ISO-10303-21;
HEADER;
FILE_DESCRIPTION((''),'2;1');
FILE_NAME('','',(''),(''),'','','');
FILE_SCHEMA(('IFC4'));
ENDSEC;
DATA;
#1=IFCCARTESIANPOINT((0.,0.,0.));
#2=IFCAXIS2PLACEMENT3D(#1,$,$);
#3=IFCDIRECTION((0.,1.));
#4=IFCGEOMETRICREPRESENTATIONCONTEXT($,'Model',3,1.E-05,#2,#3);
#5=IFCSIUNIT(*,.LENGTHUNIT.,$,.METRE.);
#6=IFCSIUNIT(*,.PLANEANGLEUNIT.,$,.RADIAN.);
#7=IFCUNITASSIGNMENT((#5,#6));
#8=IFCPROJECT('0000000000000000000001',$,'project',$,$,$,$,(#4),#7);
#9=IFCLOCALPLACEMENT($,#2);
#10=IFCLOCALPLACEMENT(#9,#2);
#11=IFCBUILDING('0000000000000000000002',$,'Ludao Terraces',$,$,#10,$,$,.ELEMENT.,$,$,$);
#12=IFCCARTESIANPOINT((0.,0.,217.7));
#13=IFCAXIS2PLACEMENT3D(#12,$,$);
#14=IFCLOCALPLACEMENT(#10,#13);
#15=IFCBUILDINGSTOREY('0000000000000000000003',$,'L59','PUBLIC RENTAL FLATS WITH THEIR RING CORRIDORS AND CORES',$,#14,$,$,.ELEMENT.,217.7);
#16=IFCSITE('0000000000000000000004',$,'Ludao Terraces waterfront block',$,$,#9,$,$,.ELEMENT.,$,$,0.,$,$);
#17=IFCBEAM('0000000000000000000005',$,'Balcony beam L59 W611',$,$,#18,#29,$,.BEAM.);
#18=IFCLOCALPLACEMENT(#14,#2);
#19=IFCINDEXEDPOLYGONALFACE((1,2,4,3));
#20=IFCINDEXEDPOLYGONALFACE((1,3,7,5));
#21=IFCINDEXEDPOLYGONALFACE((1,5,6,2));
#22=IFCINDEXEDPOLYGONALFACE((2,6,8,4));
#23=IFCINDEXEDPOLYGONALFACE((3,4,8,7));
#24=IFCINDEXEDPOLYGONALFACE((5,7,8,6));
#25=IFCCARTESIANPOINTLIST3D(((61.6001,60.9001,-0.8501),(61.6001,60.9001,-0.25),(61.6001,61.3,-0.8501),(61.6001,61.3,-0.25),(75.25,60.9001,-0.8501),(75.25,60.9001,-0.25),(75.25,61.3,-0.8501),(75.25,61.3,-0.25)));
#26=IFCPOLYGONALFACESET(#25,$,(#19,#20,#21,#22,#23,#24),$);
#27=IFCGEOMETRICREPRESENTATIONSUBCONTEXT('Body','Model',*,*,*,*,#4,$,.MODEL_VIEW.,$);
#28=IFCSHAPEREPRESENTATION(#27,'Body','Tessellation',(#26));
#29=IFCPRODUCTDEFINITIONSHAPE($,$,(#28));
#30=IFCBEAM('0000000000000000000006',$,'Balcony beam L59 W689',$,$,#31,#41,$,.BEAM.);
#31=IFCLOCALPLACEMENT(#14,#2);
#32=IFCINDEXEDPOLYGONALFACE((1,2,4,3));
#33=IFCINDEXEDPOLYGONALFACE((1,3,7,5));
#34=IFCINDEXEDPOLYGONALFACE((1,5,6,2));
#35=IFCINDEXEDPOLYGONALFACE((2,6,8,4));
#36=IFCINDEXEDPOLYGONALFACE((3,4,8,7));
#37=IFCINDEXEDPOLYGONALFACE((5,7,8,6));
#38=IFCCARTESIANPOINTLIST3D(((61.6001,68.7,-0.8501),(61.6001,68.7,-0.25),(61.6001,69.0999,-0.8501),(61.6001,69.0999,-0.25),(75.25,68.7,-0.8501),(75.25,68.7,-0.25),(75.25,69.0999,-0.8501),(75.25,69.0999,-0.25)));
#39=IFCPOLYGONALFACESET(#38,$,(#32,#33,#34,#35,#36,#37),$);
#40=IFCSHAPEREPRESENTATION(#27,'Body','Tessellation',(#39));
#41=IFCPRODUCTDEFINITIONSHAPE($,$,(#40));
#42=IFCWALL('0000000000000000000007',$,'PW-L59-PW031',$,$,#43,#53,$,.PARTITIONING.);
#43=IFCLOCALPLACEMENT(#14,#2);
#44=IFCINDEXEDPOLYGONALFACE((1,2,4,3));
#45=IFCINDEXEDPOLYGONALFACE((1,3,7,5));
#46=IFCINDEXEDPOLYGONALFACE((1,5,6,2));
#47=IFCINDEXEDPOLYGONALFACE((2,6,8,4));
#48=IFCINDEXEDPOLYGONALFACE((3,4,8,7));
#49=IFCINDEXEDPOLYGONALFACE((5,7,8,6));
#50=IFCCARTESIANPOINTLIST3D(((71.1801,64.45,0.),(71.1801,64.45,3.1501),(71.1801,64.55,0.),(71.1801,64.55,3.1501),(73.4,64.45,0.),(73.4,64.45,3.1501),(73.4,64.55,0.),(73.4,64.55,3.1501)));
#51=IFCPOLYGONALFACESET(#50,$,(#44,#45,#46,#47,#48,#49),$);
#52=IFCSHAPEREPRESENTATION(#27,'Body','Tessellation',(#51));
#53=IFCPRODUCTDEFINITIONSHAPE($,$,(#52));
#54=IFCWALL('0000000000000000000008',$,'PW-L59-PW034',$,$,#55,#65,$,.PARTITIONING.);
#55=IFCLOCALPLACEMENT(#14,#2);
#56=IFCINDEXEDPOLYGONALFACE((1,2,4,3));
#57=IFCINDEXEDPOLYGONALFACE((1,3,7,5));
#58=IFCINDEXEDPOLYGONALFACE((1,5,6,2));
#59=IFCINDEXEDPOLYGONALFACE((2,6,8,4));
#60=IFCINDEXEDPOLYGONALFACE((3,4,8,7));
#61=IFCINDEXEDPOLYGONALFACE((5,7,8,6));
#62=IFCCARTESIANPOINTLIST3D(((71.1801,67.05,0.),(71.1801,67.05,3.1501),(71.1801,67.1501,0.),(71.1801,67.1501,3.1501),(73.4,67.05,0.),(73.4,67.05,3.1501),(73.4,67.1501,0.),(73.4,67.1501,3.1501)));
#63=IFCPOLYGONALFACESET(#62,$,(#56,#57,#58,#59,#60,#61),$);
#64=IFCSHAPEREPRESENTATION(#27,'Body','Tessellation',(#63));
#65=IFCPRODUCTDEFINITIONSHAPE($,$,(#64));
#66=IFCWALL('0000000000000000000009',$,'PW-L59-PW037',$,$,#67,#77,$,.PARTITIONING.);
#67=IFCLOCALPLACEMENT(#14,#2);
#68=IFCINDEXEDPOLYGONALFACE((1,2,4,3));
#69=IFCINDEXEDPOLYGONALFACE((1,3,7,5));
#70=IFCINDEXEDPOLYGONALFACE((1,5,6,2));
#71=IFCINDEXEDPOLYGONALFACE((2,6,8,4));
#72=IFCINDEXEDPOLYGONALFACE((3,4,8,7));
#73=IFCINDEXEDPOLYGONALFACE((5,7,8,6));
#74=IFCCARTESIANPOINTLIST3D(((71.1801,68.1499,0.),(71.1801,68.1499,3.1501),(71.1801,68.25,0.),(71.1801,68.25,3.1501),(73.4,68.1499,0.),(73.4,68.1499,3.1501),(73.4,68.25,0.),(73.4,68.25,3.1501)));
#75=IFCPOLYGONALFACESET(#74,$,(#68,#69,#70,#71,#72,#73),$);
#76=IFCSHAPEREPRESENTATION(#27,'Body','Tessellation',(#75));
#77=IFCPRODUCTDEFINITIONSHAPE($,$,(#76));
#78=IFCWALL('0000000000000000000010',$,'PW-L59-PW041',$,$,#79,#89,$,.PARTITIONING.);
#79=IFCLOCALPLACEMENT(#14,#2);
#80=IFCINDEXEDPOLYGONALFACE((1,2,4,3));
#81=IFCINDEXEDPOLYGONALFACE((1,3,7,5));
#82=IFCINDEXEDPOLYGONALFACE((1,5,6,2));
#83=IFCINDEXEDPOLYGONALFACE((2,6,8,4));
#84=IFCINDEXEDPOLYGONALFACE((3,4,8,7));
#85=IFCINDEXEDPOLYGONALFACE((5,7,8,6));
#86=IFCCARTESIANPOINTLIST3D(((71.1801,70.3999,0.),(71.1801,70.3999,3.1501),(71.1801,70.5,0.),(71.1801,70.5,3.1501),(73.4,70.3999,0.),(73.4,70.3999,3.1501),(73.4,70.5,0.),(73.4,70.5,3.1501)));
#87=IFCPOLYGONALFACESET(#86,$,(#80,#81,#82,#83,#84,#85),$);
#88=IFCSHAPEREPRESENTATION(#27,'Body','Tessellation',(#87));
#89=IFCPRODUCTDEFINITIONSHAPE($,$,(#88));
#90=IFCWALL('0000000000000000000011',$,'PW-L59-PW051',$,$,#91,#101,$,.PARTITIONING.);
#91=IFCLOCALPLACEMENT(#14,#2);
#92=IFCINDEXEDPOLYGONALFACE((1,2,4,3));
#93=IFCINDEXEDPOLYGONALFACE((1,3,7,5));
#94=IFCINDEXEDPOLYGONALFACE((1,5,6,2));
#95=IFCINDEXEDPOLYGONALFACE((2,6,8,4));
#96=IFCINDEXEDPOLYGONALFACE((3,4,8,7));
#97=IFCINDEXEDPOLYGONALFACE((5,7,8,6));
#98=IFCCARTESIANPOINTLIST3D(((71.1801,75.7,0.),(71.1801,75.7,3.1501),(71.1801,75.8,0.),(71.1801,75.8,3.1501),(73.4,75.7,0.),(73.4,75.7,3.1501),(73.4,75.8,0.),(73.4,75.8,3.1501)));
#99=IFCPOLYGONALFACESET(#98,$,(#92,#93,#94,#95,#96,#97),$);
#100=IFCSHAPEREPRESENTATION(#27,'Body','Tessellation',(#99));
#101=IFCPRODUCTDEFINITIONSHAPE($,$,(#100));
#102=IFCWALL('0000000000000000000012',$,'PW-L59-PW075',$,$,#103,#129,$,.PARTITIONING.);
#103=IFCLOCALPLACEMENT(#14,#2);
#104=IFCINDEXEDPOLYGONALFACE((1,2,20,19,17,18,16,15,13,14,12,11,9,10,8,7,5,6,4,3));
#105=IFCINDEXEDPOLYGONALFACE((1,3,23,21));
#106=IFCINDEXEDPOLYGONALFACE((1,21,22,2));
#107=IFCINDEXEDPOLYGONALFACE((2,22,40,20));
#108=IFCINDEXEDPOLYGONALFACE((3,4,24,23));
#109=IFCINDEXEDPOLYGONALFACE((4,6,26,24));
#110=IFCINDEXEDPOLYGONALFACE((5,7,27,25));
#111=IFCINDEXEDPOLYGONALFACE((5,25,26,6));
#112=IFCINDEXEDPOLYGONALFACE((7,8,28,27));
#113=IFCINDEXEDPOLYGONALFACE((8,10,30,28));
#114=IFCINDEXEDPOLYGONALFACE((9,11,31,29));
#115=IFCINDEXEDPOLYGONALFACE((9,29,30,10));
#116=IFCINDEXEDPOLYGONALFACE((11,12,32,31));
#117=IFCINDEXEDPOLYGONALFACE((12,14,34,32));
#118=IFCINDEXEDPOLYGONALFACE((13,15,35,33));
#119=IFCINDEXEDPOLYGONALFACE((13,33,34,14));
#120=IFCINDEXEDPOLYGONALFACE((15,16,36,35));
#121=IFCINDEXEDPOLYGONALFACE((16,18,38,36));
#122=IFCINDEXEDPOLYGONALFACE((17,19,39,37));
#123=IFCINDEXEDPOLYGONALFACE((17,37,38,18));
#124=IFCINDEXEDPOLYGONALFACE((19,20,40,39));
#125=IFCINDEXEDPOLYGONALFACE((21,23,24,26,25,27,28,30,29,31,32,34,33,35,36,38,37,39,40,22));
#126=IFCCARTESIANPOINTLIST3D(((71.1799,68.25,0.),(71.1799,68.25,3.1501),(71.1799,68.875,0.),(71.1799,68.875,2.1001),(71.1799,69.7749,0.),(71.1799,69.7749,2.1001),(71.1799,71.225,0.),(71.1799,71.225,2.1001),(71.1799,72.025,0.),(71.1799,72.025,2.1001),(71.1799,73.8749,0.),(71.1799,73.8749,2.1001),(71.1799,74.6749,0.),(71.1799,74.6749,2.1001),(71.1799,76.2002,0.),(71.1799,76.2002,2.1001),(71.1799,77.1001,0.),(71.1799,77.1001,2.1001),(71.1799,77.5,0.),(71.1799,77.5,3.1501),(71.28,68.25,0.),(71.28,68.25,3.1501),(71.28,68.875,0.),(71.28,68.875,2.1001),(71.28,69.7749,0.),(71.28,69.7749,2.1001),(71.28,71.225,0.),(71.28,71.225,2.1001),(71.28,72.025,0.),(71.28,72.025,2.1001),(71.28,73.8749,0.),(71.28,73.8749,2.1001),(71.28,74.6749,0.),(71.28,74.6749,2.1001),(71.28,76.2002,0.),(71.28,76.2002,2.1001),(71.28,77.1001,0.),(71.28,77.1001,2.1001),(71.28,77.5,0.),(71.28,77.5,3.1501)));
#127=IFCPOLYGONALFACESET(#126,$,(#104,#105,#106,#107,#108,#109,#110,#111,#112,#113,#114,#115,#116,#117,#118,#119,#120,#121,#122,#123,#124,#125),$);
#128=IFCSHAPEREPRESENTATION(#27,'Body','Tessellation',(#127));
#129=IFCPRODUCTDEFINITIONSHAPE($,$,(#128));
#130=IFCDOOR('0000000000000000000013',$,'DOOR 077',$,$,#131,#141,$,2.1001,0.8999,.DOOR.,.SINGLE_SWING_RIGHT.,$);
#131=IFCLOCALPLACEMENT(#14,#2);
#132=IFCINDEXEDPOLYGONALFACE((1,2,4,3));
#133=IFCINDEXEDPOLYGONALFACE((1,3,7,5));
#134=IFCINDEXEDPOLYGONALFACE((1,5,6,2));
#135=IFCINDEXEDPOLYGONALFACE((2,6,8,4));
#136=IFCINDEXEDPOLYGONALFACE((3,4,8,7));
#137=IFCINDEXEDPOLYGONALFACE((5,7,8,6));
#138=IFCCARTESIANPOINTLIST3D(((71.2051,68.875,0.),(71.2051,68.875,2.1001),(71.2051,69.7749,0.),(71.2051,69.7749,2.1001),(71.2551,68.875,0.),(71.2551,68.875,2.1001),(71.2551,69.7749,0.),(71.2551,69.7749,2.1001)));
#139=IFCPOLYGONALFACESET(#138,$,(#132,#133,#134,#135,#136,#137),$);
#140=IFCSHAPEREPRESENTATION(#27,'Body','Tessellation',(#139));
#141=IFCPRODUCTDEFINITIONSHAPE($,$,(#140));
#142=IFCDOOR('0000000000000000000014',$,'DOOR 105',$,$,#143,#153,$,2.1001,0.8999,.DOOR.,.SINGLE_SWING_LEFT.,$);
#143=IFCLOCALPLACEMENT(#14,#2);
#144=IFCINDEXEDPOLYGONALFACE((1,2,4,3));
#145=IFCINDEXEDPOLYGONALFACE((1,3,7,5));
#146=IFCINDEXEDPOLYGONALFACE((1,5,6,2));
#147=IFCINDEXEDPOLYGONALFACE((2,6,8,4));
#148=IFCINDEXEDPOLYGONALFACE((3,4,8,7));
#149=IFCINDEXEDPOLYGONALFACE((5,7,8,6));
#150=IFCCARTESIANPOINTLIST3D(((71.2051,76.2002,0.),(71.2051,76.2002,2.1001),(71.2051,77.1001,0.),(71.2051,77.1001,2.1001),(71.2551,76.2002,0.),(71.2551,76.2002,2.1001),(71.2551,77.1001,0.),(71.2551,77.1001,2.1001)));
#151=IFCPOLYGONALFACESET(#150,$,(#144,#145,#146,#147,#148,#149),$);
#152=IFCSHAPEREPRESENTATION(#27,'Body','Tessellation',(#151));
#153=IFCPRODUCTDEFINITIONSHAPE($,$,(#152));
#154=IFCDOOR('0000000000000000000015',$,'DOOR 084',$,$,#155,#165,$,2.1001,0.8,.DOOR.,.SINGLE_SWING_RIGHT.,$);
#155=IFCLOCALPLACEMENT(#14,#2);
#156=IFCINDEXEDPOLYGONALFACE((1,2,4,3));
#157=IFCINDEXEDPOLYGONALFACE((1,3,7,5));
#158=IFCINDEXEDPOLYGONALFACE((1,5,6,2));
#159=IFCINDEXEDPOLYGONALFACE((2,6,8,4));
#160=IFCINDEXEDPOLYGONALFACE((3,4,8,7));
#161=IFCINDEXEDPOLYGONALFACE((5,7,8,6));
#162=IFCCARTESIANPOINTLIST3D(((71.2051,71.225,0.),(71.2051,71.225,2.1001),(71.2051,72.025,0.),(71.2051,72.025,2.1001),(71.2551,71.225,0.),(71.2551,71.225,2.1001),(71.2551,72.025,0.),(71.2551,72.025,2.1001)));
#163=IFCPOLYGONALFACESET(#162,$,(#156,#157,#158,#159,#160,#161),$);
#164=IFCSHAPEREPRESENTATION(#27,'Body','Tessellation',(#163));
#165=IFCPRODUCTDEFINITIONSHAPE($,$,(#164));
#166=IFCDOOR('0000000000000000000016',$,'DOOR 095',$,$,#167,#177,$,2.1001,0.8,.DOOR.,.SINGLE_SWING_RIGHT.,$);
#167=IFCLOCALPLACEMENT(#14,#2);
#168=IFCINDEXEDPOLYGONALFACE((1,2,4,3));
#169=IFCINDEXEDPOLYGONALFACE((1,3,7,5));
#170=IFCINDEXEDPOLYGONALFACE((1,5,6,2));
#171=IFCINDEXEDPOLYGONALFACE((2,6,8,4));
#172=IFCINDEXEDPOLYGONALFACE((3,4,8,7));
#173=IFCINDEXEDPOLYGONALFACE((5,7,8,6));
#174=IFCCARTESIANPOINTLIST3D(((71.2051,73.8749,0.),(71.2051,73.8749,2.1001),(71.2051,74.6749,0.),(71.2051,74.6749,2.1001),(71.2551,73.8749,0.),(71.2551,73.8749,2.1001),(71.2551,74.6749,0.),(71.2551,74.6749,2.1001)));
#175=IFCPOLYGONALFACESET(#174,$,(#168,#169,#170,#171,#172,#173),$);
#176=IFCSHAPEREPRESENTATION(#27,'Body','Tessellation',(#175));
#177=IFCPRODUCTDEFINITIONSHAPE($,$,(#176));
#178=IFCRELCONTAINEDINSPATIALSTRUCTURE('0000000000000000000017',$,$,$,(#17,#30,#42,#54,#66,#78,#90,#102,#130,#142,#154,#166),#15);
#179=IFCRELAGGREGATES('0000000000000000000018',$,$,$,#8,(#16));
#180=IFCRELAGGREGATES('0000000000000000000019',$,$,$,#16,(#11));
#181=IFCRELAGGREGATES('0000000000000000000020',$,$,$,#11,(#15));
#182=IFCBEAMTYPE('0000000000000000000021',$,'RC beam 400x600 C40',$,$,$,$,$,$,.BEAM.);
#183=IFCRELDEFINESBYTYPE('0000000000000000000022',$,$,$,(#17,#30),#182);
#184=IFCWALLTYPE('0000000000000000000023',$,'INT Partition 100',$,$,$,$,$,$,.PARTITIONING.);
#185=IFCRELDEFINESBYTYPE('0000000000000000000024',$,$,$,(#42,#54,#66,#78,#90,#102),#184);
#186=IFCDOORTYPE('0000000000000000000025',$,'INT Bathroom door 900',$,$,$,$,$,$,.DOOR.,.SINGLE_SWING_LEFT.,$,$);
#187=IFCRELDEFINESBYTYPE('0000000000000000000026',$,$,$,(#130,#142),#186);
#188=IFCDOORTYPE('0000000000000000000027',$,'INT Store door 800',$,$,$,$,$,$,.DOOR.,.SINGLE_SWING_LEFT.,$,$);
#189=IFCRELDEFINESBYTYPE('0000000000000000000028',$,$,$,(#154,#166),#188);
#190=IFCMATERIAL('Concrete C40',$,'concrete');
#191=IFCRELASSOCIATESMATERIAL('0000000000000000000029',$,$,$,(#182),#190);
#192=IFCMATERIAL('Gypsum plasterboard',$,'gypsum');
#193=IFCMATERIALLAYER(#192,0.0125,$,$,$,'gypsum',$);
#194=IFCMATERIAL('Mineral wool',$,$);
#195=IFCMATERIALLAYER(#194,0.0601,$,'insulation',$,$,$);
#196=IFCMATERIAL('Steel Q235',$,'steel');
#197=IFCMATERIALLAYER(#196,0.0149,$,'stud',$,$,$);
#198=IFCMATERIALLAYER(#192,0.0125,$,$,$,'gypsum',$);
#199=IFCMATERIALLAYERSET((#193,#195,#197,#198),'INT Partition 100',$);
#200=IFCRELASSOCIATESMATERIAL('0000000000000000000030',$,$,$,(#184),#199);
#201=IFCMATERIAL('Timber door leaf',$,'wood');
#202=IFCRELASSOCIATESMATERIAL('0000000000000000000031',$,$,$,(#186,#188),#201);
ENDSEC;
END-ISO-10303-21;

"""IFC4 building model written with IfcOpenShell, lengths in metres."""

from ifc_helpers import new_model, si_unit, direction, frame, frame_2d, origin, origin_2d, place, context, subcontext, project, spatial, rectangle, extrude, material, layer, layer_set, material_profile, profile_set, type_object, element, fill, save


model = new_model("IFC4")

# Units and contexts
model_context = context("Model", 3, precision=1e-05, world=origin(), true_north=direction((0.0, 1.0)))
body_context = subcontext(model_context, "Body", "Model", "MODEL_VIEW")
ifc_project = project(units=[si_unit("LENGTHUNIT", "METRE"), si_unit("PLANEANGLEUNIT", "RADIAN")], contexts=[model_context])

# Site, building, storey
site_placement = place(None, origin())
site = spatial("IfcSite", under=ifc_project, at=site_placement, Name="Ludao Terraces waterfront block", CompositionType="ELEMENT", RefElevation=0.0)
building_placement = place(site_placement, origin())
building = spatial("IfcBuilding", under=site, at=building_placement, Name="Ludao Terraces", CompositionType="ELEMENT")
storey_placement = place(building_placement, frame((0.0, 0.0, 217.7)))
storey = spatial("IfcBuildingStorey", under=building, at=storey_placement, Name="L59", Description="PUBLIC RENTAL FLATS WITH THEIR RING CORRIDORS AND CORES", CompositionType="ELEMENT", Elevation=217.7)

# Beams
ifc_material_1 = material(Name="Concrete C40", Category="concrete")
ifc_material_profile = material_profile(ifc_material_1, rectangle(XDim=0.3999, YDim=0.6001, at=origin_2d()), Name="400 X 600")
ifc_profile_set = profile_set([ifc_material_profile], Name="Concrete C40")
beam_type = type_object("IfcBeamType", Name="RC beam 400x600 C40", PredefinedType="BEAM", material=ifc_profile_set)
for number, where, z_axis, x_axis, name in (
    (1, (75.25, 61.1001, -0.55), (-1.0, 0.0, 0.0), (0.0, -1.0, 0.0), "Balcony beam L59 W611"),
    (2, (75.25, 68.8999, -0.55), (-1.0, 0.0, 0.0), (0.0, -1.0, 0.0), "Balcony beam L59 W689"),
):
    element("IfcBeam", number, at=place(storey_placement, frame(where, z_axis=z_axis, x_axis=x_axis)), inside=storey, type_object=beam_type, Name=name, PredefinedType="BEAM", context=body_context, shape_type="SweptSolid", body=[
        extrude(rectangle(XDim=0.3999, YDim=0.6001, at=origin_2d()), origin(), (0.0, 0.0, 1.0), 13.6499),
    ])

# Walls
ifc_material_2 = material(Name="Gypsum plasterboard", Category="gypsum")
ifc_layer_1 = layer(ifc_material_2, 0.0125, Category="gypsum")
ifc_material_3 = material(Name="Mineral wool")
ifc_layer_2 = layer(ifc_material_3, 0.0601, Name="insulation")
ifc_material_4 = material(Name="Steel Q235", Category="steel")
ifc_layer_3 = layer(ifc_material_4, 0.0149, Name="stud")
ifc_layer_4 = layer(ifc_material_2, 0.0125, Category="gypsum")
ifc_layer_set_1 = layer_set([ifc_layer_1, ifc_layer_2, ifc_layer_3, ifc_layer_4], Name="INT Partition 100")
wall_type_1 = type_object("IfcWallType", Name="INT Partition 100", PredefinedType="PARTITIONING", material=ifc_layer_set_1)
for number, where, z_axis, x_axis, name in (
    (3, (71.1802, 64.5, 0.0), (0.0, 0.0, 1.0), (1.0, 0.0, 0.0), "PW-L59-PW031"),
    (4, (71.1802, 67.1001, 0.0), (0.0, 0.0, 1.0), (1.0, 0.0, 0.0), "PW-L59-PW034"),
    (5, (71.1802, 68.2, 0.0), (0.0, 0.0, 1.0), (1.0, 0.0, 0.0), "PW-L59-PW037"),
    (6, (71.1802, 70.45, 0.0), (0.0, 0.0, 1.0), (1.0, 0.0, 0.0), "PW-L59-PW041"),
    (7, (71.1802, 75.75, 0.0), (0.0, 0.0, 1.0), (1.0, 0.0, 0.0), "PW-L59-PW051"),
):
    element("IfcWall", number, at=place(storey_placement, frame(where, z_axis=z_axis, x_axis=x_axis)), inside=storey, type_object=wall_type_1, Name=name, PredefinedType="PARTITIONING", context=body_context, shape_type="SweptSolid", body=[
        extrude(rectangle(XDim=2.22, YDim=0.1001, at=frame_2d((1.1099, 0.0))), origin(), (0.0, 0.0, 1.0), 3.1501),
    ])

# Wall, openings, doors
wall_1_placement = place(storey_placement, frame((71.23, 68.25, 0.0), z_axis=(0.0, 0.0, 1.0), x_axis=(0.0, 1.0, 0.0)))
wall_1 = element("IfcWall", 8, at=wall_1_placement, inside=storey, type_object=wall_type_1, Name="PW-L59-PW075", PredefinedType="PARTITIONING", context=body_context, shape_type="SweptSolid", body=[
    extrude(rectangle(XDim=9.25, YDim=0.1001, at=frame_2d((4.625, 0.0))), origin(), (0.0, 0.0, 1.0), 3.1501),
])
opening_1_placement = place(wall_1_placement, frame((0.625, 0.0, 0.0)))
opening_1 = element("IfcOpeningElement", 9, at=opening_1_placement, cuts=wall_1, PredefinedType="OPENING", context=body_context, shape_type="SweptSolid", body=[
    extrude(rectangle(XDim=0.8999, YDim=2.1001, at=frame_2d((0.45, 1.05))), frame((0.0, 0.0601, 0.0), z_axis=(0.0, -1.0, 0.0), x_axis=(1.0, 0.0, 0.0)), (0.0, 0.0, 1.0), 0.1201),
])
opening_2_placement = place(wall_1_placement, frame((2.9751, 0.0, 0.0)))
opening_2 = element("IfcOpeningElement", 10, at=opening_2_placement, cuts=wall_1, PredefinedType="OPENING", context=body_context, shape_type="SweptSolid", body=[
    extrude(rectangle(XDim=0.8, YDim=2.1001, at=frame_2d((0.3999, 1.05))), frame((0.0, 0.0601, 0.0), z_axis=(0.0, -1.0, 0.0), x_axis=(1.0, 0.0, 0.0)), (0.0, 0.0, 1.0), 0.1201),
])
opening_3_placement = place(wall_1_placement, frame((5.625, 0.0, 0.0)))
opening_3 = element("IfcOpeningElement", 11, at=opening_3_placement, cuts=wall_1, PredefinedType="OPENING", context=body_context, shape_type="SweptSolid", body=[
    extrude(rectangle(XDim=0.8, YDim=2.1001, at=frame_2d((0.3999, 1.05))), frame((0.0, 0.0601, 0.0), z_axis=(0.0, -1.0, 0.0), x_axis=(1.0, 0.0, 0.0)), (0.0, 0.0, 1.0), 0.1201),
])
opening_4_placement = place(wall_1_placement, frame((7.9502, 0.0, 0.0)))
opening_4 = element("IfcOpeningElement", 12, at=opening_4_placement, cuts=wall_1, PredefinedType="OPENING", context=body_context, shape_type="SweptSolid", body=[
    extrude(rectangle(XDim=0.8999, YDim=2.1001, at=frame_2d((0.45, 1.05))), frame((0.0, 0.0601, 0.0), z_axis=(0.0, -1.0, 0.0), x_axis=(1.0, 0.0, 0.0)), (0.0, 0.0, 1.0), 0.1201),
])
ifc_material_5 = material(Name="Timber door leaf", Category="wood")
door_type_1 = type_object("IfcDoorType", Name="INT Bathroom door 900", OperationType="SINGLE_SWING_LEFT", PredefinedType="DOOR", material=ifc_material_5)
door_1_placement = place(opening_1_placement, origin())
door_1 = element("IfcDoor", 13, at=door_1_placement, inside=storey, type_object=door_type_1, Name="DOOR 077", OperationType="SINGLE_SWING_RIGHT", OverallHeight=2.1001, OverallWidth=0.8999, PredefinedType="DOOR", context=body_context, shape_type="SweptSolid", body=[
    extrude(rectangle(XDim=0.8999, YDim=2.1001, at=frame_2d((0.45, 1.05))), frame((0.0, 0.0249, 0.0), z_axis=(0.0, -1.0, 0.0), x_axis=(1.0, 0.0, 0.0)), (0.0, 0.0, 1.0), 0.05),
])
fill(opening_1, door_1)
door_2_placement = place(opening_4_placement, origin())
door_2 = element("IfcDoor", 14, at=door_2_placement, inside=storey, type_object=door_type_1, Name="DOOR 105", OperationType="SINGLE_SWING_LEFT", OverallHeight=2.1001, OverallWidth=0.8999, PredefinedType="DOOR", context=body_context, shape_type="SweptSolid", body=[
    extrude(rectangle(XDim=0.8999, YDim=2.1001, at=frame_2d((0.45, 1.05))), frame((0.0, 0.0249, 0.0), z_axis=(0.0, -1.0, 0.0), x_axis=(1.0, 0.0, 0.0)), (0.0, 0.0, 1.0), 0.05),
])
fill(opening_4, door_2)
door_type_2 = type_object("IfcDoorType", Name="INT Store door 800", OperationType="SINGLE_SWING_LEFT", PredefinedType="DOOR", material=ifc_material_5)
door_3_placement = place(opening_2_placement, origin())
door_3 = element("IfcDoor", 15, at=door_3_placement, inside=storey, type_object=door_type_2, Name="DOOR 084", OperationType="SINGLE_SWING_RIGHT", OverallHeight=2.1001, OverallWidth=0.8, PredefinedType="DOOR", context=body_context, shape_type="SweptSolid", body=[
    extrude(rectangle(XDim=0.8, YDim=2.1001, at=frame_2d((0.3999, 1.05))), frame((0.0, 0.0249, 0.0), z_axis=(0.0, -1.0, 0.0), x_axis=(1.0, 0.0, 0.0)), (0.0, 0.0, 1.0), 0.05),
])
fill(opening_2, door_3)
door_4_placement = place(opening_3_placement, origin())
door_4 = element("IfcDoor", 16, at=door_4_placement, inside=storey, type_object=door_type_2, Name="DOOR 095", OperationType="SINGLE_SWING_RIGHT", OverallHeight=2.1001, OverallWidth=0.8, PredefinedType="DOOR", context=body_context, shape_type="SweptSolid", body=[
    extrude(rectangle(XDim=0.8, YDim=2.1001, at=frame_2d((0.3999, 1.05))), frame((0.0, 0.0249, 0.0), z_axis=(0.0, -1.0, 0.0), x_axis=(1.0, 0.0, 0.0)), (0.0, 0.0, 1.0), 0.05),
])
fill(opening_3, door_4)

save(model, "model.ifc")
